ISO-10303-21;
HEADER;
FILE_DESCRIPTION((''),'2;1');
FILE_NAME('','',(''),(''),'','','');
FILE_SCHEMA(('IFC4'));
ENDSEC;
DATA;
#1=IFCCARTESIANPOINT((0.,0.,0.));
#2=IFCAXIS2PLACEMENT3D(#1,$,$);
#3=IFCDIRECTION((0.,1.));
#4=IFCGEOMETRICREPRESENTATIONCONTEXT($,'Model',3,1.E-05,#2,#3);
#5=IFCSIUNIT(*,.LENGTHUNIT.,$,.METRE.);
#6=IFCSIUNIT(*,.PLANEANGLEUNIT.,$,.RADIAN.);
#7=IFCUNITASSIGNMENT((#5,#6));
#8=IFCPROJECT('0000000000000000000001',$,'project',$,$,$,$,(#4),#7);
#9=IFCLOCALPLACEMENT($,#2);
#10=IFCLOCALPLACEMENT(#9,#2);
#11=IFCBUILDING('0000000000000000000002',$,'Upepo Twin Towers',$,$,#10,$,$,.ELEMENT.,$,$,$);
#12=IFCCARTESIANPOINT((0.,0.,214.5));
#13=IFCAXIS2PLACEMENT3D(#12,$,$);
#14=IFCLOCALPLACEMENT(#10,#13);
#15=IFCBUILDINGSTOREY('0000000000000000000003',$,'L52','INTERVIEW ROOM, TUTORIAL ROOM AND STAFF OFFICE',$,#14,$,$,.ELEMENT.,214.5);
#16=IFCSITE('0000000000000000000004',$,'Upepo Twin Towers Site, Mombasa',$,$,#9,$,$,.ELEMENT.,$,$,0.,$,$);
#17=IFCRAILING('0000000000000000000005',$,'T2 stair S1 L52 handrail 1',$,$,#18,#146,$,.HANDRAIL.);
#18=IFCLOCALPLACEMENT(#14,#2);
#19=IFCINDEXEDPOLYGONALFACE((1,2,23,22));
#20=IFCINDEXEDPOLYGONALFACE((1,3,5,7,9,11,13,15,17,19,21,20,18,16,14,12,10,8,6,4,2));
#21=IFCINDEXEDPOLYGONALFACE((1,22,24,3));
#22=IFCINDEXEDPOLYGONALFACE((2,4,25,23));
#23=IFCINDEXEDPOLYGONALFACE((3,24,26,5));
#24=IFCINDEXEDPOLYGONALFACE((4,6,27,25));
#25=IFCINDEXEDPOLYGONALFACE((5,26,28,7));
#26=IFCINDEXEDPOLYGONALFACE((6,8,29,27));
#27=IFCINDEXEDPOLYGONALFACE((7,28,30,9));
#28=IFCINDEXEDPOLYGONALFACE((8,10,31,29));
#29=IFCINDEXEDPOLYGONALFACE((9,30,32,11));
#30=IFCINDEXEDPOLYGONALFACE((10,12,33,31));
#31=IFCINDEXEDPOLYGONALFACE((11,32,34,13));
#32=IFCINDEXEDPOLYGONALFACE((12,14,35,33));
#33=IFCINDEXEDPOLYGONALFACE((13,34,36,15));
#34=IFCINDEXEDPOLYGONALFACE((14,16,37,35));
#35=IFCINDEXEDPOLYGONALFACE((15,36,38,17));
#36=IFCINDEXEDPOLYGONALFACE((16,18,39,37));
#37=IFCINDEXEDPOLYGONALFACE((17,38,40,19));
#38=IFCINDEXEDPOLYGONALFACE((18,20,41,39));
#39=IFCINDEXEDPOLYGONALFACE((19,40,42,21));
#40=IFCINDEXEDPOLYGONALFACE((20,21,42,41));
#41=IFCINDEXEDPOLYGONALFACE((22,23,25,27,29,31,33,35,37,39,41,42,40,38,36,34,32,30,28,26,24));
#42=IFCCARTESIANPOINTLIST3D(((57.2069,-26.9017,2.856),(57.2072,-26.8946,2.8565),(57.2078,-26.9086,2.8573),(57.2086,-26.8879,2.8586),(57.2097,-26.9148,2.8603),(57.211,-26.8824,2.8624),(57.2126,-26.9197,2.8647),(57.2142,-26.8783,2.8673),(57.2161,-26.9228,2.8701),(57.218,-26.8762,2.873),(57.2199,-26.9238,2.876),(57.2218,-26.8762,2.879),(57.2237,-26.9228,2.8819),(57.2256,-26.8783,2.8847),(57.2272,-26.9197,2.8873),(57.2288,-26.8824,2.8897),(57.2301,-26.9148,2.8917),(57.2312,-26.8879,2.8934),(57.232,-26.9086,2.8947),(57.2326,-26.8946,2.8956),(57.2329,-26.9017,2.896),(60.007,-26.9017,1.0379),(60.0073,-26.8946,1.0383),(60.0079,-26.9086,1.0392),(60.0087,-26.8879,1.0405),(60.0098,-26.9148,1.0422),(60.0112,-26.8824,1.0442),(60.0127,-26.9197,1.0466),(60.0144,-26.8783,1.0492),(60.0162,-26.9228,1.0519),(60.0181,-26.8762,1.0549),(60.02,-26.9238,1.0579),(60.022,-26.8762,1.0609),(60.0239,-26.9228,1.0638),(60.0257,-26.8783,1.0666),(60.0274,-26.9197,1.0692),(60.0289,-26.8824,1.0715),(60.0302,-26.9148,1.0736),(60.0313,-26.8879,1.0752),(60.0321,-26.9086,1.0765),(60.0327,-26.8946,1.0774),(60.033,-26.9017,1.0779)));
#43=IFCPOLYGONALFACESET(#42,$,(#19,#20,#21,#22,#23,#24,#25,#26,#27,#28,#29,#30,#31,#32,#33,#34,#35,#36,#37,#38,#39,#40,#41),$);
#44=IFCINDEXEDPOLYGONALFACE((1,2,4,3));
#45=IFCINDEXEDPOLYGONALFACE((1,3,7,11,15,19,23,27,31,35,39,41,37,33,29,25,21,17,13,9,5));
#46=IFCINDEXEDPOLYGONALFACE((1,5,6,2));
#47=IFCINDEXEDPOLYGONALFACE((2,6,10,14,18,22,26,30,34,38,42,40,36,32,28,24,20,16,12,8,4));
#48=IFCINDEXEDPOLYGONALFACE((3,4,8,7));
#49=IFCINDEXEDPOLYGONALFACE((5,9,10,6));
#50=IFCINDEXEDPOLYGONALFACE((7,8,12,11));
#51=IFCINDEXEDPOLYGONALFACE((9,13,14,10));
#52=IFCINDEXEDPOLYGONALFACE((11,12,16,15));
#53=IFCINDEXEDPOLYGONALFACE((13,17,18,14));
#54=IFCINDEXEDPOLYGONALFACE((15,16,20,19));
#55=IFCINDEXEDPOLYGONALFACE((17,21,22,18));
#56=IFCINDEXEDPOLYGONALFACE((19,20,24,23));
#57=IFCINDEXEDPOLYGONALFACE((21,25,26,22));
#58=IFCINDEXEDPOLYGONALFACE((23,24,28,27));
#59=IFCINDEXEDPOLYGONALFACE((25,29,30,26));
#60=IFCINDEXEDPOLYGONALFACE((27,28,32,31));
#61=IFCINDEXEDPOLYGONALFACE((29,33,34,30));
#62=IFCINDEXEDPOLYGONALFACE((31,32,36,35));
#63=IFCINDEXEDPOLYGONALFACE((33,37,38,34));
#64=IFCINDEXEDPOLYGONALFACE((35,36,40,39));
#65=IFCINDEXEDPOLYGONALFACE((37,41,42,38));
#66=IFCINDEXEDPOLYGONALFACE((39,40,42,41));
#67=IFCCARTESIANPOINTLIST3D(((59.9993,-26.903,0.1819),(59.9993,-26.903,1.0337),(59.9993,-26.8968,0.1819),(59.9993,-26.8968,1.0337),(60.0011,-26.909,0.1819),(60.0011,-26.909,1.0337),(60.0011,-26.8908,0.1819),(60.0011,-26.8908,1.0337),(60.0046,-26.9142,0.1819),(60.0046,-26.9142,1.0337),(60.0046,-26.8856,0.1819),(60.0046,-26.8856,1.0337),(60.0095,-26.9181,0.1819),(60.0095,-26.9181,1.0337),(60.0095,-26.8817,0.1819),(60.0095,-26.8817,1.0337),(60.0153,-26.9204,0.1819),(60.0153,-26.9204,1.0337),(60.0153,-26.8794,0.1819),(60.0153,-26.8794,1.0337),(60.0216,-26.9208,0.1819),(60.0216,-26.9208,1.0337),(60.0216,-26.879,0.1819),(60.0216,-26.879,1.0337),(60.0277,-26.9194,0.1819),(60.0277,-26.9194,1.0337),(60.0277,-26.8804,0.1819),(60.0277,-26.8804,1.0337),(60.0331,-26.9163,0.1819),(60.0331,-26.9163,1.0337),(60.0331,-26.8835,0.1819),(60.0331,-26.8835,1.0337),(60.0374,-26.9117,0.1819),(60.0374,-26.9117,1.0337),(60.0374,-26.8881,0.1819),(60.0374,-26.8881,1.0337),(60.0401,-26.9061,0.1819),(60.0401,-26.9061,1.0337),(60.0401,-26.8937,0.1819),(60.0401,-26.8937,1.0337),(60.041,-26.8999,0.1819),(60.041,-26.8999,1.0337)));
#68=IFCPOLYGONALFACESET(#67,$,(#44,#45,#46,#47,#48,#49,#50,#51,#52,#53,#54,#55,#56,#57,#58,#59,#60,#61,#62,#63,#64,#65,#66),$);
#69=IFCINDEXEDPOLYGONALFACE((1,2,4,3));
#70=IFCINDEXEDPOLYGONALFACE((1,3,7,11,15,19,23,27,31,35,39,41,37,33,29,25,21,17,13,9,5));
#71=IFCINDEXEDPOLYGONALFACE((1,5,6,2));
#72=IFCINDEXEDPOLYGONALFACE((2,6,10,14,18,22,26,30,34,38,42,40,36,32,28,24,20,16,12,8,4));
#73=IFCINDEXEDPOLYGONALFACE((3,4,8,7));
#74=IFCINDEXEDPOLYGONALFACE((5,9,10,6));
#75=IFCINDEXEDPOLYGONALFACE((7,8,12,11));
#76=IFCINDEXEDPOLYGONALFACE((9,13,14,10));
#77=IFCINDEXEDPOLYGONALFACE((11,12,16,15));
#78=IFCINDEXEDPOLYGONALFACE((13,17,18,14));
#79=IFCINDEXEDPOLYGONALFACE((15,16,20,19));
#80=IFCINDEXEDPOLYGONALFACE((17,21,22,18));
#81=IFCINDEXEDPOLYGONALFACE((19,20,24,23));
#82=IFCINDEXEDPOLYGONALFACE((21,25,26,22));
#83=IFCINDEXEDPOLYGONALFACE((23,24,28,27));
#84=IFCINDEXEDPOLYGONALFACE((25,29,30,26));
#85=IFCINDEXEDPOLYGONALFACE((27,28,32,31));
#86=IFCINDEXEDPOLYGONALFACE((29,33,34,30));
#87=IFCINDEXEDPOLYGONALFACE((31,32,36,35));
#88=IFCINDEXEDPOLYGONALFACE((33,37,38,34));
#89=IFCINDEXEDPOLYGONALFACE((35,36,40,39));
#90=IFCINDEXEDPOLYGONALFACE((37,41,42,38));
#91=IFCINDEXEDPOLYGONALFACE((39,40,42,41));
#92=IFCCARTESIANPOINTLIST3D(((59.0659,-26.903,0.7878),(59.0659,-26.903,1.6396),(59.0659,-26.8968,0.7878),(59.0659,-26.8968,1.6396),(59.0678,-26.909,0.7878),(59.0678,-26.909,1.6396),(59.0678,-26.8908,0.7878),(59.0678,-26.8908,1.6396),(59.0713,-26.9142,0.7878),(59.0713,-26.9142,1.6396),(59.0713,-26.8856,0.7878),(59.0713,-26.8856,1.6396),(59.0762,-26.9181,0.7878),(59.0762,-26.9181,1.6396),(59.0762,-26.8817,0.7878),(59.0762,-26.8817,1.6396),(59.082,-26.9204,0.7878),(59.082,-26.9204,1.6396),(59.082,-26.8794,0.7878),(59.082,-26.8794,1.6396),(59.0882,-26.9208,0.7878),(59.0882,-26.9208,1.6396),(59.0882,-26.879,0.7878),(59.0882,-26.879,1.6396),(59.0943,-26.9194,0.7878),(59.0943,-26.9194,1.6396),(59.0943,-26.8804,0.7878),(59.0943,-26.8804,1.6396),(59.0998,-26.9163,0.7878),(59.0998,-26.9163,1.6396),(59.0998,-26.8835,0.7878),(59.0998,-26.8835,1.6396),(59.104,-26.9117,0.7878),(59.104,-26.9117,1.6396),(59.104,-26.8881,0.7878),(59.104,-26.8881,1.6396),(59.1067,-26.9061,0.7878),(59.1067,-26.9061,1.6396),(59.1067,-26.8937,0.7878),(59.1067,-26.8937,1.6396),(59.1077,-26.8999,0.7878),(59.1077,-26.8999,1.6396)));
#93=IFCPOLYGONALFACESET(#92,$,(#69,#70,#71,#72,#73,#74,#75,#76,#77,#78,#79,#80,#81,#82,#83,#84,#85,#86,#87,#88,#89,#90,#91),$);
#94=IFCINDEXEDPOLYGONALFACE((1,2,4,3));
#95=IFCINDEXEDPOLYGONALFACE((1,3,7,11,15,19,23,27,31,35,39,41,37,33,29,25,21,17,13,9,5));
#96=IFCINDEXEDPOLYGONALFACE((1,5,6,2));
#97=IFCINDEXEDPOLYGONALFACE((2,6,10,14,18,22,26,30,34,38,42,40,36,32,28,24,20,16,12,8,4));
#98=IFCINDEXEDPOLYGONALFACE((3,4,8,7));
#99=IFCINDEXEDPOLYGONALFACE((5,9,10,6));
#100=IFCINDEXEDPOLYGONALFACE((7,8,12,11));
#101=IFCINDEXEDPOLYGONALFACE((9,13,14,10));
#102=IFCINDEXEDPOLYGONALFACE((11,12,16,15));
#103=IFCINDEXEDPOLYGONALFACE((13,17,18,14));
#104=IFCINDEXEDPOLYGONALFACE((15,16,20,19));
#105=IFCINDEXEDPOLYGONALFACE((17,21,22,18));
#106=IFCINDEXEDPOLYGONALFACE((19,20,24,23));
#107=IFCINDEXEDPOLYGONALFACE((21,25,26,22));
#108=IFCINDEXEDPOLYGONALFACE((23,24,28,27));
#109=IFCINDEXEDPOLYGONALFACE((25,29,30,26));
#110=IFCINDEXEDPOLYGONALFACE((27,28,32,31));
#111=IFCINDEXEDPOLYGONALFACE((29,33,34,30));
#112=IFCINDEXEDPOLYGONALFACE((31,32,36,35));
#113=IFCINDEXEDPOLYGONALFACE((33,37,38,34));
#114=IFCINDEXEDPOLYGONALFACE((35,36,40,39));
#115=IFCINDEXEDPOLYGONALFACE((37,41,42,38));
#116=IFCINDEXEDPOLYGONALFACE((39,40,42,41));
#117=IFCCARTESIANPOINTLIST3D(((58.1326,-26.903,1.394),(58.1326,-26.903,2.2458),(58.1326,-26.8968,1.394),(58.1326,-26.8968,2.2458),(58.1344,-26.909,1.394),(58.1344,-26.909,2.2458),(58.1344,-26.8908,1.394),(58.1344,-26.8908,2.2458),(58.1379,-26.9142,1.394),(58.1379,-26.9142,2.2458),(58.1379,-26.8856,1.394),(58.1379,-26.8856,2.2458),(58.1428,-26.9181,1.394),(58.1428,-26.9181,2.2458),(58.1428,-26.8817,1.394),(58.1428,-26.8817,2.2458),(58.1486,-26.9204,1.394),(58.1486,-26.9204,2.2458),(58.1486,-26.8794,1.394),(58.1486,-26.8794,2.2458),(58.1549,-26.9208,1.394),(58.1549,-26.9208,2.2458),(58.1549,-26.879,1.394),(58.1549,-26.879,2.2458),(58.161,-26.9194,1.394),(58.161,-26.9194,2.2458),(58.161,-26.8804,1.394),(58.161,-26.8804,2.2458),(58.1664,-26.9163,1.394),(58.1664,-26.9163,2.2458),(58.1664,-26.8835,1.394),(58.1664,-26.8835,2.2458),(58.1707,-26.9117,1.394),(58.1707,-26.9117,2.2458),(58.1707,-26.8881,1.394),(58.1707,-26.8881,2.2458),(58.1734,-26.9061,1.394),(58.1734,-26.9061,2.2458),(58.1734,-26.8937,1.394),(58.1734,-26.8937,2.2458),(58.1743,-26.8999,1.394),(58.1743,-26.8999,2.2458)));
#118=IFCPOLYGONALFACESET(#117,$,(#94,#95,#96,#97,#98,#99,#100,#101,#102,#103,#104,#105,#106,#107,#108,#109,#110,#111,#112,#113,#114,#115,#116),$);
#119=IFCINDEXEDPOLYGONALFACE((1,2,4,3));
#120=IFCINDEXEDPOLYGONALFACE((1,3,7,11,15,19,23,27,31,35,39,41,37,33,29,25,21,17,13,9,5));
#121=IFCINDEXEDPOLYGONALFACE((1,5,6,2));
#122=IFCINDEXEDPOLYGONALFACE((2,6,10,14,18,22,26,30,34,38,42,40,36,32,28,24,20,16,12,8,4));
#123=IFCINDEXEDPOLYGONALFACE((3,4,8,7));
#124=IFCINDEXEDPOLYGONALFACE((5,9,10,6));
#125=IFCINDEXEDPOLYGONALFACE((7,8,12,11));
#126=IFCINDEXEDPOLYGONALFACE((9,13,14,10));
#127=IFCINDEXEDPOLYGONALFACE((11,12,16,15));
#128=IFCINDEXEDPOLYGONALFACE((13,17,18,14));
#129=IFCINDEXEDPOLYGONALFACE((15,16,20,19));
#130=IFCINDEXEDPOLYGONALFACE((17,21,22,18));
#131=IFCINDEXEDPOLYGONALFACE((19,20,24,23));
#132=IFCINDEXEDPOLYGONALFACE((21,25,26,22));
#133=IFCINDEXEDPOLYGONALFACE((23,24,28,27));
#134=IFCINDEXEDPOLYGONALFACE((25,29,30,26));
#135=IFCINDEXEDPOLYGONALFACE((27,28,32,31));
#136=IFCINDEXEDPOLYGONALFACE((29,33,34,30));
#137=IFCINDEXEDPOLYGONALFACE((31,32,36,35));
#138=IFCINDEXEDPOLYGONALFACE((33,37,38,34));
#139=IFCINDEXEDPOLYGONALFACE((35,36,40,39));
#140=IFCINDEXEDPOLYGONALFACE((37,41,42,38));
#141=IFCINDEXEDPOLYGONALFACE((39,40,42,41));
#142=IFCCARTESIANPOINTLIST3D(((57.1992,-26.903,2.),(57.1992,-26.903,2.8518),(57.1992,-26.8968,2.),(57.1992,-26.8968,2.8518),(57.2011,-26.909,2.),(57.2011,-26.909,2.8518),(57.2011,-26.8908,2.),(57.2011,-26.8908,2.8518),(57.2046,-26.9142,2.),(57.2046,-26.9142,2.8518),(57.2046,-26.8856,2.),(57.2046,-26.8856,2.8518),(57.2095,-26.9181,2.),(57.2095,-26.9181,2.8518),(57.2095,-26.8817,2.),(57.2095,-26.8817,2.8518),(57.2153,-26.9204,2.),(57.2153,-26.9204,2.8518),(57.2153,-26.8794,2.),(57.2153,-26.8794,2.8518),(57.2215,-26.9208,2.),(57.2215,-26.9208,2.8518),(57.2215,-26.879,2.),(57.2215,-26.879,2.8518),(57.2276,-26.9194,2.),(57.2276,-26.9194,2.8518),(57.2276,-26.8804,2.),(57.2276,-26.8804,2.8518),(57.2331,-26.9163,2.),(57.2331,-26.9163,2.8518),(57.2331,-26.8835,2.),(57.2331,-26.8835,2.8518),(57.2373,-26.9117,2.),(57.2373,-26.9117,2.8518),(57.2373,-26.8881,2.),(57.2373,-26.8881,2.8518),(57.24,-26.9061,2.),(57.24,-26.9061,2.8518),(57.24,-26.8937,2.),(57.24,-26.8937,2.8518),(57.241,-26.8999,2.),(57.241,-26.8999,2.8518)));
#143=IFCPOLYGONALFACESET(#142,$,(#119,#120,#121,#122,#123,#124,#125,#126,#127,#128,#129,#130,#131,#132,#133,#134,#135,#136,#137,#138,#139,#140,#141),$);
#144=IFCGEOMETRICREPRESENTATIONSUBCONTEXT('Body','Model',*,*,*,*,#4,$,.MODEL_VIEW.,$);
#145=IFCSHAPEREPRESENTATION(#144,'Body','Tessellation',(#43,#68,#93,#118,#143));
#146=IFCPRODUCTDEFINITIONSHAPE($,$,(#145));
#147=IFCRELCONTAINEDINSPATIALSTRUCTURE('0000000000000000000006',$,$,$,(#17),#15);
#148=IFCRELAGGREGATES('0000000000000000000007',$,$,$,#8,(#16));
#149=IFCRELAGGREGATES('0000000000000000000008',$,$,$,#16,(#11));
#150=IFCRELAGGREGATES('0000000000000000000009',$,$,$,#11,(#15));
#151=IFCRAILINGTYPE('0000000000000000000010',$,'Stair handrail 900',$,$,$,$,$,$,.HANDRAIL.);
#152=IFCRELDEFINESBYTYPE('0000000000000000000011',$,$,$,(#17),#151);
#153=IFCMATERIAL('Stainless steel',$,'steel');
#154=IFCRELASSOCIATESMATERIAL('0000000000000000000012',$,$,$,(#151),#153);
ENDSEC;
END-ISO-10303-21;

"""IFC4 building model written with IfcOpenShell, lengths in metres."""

from ifc_helpers import new_model, si_unit, direction, frame, origin, origin_2d, place, context, subcontext, project, spatial, circle, extrude, material, type_object, element, save


model = new_model("IFC4")

# Units and contexts
model_context = context("Model", 3, precision=1e-05, world=origin(), true_north=direction((0.0, 1.0)))
body_context = subcontext(model_context, "Body", "Model", "MODEL_VIEW")
ifc_project = project(units=[si_unit("LENGTHUNIT", "METRE"), si_unit("PLANEANGLEUNIT", "RADIAN")], contexts=[model_context])

# Site, building, storey
site_placement = place(None, origin())
site = spatial("IfcSite", under=ifc_project, at=site_placement, Name="Upepo Twin Towers Site, Mombasa", CompositionType="ELEMENT", RefElevation=0.0)
building_placement = place(site_placement, origin())
building = spatial("IfcBuilding", under=site, at=building_placement, Name="Upepo Twin Towers", CompositionType="ELEMENT")
storey_placement = place(building_placement, frame((0.0, 0.0, 214.5)))
storey = spatial("IfcBuildingStorey", under=building, at=storey_placement, Name="L52", Description="INTERVIEW ROOM, TUTORIAL ROOM AND STAFF OFFICE", CompositionType="ELEMENT", Elevation=214.5)

# Railing
ifc_material_1 = material(Name="Stainless steel", Category="steel")
railing_type = type_object("IfcRailingType", Name="Stair handrail 900", PredefinedType="HANDRAIL", material=ifc_material_1)
railing_1_placement = place(storey_placement, frame((60.02, -26.8999, 0.1819)))
element("IfcRailing", 1, at=railing_1_placement, inside=storey, type_object=railing_type, Name="T2 stair S1 L52 handrail 1", PredefinedType="HANDRAIL", context=body_context, shape_type="SweptSolid", body=[
    extrude(circle(Radius=0.0239, at=origin_2d()), frame((0.0, 0.0, 0.876), z_axis=(-0.838706, 0.0, 0.544585), x_axis=(0.0, -1.0, 0.0)), (0.0, 0.0, 1.0), 3.3386),
    extrude(circle(Radius=0.021, at=origin_2d()), origin(), (0.0, 0.0, 1.0), 0.8518),
    extrude(circle(Radius=0.021, at=origin_2d()), frame((-0.9333, 0.0, 0.606)), (0.0, 0.0, 1.0), 0.8518),
    extrude(circle(Radius=0.021, at=origin_2d()), frame((-1.8667, 0.0, 1.2122)), (0.0, 0.0, 1.0), 0.8518),
    extrude(circle(Radius=0.021, at=origin_2d()), frame((-2.8, 0.0, 1.8181)), (0.0, 0.0, 1.0), 0.8518),
])

save(model, "model.ifc")
